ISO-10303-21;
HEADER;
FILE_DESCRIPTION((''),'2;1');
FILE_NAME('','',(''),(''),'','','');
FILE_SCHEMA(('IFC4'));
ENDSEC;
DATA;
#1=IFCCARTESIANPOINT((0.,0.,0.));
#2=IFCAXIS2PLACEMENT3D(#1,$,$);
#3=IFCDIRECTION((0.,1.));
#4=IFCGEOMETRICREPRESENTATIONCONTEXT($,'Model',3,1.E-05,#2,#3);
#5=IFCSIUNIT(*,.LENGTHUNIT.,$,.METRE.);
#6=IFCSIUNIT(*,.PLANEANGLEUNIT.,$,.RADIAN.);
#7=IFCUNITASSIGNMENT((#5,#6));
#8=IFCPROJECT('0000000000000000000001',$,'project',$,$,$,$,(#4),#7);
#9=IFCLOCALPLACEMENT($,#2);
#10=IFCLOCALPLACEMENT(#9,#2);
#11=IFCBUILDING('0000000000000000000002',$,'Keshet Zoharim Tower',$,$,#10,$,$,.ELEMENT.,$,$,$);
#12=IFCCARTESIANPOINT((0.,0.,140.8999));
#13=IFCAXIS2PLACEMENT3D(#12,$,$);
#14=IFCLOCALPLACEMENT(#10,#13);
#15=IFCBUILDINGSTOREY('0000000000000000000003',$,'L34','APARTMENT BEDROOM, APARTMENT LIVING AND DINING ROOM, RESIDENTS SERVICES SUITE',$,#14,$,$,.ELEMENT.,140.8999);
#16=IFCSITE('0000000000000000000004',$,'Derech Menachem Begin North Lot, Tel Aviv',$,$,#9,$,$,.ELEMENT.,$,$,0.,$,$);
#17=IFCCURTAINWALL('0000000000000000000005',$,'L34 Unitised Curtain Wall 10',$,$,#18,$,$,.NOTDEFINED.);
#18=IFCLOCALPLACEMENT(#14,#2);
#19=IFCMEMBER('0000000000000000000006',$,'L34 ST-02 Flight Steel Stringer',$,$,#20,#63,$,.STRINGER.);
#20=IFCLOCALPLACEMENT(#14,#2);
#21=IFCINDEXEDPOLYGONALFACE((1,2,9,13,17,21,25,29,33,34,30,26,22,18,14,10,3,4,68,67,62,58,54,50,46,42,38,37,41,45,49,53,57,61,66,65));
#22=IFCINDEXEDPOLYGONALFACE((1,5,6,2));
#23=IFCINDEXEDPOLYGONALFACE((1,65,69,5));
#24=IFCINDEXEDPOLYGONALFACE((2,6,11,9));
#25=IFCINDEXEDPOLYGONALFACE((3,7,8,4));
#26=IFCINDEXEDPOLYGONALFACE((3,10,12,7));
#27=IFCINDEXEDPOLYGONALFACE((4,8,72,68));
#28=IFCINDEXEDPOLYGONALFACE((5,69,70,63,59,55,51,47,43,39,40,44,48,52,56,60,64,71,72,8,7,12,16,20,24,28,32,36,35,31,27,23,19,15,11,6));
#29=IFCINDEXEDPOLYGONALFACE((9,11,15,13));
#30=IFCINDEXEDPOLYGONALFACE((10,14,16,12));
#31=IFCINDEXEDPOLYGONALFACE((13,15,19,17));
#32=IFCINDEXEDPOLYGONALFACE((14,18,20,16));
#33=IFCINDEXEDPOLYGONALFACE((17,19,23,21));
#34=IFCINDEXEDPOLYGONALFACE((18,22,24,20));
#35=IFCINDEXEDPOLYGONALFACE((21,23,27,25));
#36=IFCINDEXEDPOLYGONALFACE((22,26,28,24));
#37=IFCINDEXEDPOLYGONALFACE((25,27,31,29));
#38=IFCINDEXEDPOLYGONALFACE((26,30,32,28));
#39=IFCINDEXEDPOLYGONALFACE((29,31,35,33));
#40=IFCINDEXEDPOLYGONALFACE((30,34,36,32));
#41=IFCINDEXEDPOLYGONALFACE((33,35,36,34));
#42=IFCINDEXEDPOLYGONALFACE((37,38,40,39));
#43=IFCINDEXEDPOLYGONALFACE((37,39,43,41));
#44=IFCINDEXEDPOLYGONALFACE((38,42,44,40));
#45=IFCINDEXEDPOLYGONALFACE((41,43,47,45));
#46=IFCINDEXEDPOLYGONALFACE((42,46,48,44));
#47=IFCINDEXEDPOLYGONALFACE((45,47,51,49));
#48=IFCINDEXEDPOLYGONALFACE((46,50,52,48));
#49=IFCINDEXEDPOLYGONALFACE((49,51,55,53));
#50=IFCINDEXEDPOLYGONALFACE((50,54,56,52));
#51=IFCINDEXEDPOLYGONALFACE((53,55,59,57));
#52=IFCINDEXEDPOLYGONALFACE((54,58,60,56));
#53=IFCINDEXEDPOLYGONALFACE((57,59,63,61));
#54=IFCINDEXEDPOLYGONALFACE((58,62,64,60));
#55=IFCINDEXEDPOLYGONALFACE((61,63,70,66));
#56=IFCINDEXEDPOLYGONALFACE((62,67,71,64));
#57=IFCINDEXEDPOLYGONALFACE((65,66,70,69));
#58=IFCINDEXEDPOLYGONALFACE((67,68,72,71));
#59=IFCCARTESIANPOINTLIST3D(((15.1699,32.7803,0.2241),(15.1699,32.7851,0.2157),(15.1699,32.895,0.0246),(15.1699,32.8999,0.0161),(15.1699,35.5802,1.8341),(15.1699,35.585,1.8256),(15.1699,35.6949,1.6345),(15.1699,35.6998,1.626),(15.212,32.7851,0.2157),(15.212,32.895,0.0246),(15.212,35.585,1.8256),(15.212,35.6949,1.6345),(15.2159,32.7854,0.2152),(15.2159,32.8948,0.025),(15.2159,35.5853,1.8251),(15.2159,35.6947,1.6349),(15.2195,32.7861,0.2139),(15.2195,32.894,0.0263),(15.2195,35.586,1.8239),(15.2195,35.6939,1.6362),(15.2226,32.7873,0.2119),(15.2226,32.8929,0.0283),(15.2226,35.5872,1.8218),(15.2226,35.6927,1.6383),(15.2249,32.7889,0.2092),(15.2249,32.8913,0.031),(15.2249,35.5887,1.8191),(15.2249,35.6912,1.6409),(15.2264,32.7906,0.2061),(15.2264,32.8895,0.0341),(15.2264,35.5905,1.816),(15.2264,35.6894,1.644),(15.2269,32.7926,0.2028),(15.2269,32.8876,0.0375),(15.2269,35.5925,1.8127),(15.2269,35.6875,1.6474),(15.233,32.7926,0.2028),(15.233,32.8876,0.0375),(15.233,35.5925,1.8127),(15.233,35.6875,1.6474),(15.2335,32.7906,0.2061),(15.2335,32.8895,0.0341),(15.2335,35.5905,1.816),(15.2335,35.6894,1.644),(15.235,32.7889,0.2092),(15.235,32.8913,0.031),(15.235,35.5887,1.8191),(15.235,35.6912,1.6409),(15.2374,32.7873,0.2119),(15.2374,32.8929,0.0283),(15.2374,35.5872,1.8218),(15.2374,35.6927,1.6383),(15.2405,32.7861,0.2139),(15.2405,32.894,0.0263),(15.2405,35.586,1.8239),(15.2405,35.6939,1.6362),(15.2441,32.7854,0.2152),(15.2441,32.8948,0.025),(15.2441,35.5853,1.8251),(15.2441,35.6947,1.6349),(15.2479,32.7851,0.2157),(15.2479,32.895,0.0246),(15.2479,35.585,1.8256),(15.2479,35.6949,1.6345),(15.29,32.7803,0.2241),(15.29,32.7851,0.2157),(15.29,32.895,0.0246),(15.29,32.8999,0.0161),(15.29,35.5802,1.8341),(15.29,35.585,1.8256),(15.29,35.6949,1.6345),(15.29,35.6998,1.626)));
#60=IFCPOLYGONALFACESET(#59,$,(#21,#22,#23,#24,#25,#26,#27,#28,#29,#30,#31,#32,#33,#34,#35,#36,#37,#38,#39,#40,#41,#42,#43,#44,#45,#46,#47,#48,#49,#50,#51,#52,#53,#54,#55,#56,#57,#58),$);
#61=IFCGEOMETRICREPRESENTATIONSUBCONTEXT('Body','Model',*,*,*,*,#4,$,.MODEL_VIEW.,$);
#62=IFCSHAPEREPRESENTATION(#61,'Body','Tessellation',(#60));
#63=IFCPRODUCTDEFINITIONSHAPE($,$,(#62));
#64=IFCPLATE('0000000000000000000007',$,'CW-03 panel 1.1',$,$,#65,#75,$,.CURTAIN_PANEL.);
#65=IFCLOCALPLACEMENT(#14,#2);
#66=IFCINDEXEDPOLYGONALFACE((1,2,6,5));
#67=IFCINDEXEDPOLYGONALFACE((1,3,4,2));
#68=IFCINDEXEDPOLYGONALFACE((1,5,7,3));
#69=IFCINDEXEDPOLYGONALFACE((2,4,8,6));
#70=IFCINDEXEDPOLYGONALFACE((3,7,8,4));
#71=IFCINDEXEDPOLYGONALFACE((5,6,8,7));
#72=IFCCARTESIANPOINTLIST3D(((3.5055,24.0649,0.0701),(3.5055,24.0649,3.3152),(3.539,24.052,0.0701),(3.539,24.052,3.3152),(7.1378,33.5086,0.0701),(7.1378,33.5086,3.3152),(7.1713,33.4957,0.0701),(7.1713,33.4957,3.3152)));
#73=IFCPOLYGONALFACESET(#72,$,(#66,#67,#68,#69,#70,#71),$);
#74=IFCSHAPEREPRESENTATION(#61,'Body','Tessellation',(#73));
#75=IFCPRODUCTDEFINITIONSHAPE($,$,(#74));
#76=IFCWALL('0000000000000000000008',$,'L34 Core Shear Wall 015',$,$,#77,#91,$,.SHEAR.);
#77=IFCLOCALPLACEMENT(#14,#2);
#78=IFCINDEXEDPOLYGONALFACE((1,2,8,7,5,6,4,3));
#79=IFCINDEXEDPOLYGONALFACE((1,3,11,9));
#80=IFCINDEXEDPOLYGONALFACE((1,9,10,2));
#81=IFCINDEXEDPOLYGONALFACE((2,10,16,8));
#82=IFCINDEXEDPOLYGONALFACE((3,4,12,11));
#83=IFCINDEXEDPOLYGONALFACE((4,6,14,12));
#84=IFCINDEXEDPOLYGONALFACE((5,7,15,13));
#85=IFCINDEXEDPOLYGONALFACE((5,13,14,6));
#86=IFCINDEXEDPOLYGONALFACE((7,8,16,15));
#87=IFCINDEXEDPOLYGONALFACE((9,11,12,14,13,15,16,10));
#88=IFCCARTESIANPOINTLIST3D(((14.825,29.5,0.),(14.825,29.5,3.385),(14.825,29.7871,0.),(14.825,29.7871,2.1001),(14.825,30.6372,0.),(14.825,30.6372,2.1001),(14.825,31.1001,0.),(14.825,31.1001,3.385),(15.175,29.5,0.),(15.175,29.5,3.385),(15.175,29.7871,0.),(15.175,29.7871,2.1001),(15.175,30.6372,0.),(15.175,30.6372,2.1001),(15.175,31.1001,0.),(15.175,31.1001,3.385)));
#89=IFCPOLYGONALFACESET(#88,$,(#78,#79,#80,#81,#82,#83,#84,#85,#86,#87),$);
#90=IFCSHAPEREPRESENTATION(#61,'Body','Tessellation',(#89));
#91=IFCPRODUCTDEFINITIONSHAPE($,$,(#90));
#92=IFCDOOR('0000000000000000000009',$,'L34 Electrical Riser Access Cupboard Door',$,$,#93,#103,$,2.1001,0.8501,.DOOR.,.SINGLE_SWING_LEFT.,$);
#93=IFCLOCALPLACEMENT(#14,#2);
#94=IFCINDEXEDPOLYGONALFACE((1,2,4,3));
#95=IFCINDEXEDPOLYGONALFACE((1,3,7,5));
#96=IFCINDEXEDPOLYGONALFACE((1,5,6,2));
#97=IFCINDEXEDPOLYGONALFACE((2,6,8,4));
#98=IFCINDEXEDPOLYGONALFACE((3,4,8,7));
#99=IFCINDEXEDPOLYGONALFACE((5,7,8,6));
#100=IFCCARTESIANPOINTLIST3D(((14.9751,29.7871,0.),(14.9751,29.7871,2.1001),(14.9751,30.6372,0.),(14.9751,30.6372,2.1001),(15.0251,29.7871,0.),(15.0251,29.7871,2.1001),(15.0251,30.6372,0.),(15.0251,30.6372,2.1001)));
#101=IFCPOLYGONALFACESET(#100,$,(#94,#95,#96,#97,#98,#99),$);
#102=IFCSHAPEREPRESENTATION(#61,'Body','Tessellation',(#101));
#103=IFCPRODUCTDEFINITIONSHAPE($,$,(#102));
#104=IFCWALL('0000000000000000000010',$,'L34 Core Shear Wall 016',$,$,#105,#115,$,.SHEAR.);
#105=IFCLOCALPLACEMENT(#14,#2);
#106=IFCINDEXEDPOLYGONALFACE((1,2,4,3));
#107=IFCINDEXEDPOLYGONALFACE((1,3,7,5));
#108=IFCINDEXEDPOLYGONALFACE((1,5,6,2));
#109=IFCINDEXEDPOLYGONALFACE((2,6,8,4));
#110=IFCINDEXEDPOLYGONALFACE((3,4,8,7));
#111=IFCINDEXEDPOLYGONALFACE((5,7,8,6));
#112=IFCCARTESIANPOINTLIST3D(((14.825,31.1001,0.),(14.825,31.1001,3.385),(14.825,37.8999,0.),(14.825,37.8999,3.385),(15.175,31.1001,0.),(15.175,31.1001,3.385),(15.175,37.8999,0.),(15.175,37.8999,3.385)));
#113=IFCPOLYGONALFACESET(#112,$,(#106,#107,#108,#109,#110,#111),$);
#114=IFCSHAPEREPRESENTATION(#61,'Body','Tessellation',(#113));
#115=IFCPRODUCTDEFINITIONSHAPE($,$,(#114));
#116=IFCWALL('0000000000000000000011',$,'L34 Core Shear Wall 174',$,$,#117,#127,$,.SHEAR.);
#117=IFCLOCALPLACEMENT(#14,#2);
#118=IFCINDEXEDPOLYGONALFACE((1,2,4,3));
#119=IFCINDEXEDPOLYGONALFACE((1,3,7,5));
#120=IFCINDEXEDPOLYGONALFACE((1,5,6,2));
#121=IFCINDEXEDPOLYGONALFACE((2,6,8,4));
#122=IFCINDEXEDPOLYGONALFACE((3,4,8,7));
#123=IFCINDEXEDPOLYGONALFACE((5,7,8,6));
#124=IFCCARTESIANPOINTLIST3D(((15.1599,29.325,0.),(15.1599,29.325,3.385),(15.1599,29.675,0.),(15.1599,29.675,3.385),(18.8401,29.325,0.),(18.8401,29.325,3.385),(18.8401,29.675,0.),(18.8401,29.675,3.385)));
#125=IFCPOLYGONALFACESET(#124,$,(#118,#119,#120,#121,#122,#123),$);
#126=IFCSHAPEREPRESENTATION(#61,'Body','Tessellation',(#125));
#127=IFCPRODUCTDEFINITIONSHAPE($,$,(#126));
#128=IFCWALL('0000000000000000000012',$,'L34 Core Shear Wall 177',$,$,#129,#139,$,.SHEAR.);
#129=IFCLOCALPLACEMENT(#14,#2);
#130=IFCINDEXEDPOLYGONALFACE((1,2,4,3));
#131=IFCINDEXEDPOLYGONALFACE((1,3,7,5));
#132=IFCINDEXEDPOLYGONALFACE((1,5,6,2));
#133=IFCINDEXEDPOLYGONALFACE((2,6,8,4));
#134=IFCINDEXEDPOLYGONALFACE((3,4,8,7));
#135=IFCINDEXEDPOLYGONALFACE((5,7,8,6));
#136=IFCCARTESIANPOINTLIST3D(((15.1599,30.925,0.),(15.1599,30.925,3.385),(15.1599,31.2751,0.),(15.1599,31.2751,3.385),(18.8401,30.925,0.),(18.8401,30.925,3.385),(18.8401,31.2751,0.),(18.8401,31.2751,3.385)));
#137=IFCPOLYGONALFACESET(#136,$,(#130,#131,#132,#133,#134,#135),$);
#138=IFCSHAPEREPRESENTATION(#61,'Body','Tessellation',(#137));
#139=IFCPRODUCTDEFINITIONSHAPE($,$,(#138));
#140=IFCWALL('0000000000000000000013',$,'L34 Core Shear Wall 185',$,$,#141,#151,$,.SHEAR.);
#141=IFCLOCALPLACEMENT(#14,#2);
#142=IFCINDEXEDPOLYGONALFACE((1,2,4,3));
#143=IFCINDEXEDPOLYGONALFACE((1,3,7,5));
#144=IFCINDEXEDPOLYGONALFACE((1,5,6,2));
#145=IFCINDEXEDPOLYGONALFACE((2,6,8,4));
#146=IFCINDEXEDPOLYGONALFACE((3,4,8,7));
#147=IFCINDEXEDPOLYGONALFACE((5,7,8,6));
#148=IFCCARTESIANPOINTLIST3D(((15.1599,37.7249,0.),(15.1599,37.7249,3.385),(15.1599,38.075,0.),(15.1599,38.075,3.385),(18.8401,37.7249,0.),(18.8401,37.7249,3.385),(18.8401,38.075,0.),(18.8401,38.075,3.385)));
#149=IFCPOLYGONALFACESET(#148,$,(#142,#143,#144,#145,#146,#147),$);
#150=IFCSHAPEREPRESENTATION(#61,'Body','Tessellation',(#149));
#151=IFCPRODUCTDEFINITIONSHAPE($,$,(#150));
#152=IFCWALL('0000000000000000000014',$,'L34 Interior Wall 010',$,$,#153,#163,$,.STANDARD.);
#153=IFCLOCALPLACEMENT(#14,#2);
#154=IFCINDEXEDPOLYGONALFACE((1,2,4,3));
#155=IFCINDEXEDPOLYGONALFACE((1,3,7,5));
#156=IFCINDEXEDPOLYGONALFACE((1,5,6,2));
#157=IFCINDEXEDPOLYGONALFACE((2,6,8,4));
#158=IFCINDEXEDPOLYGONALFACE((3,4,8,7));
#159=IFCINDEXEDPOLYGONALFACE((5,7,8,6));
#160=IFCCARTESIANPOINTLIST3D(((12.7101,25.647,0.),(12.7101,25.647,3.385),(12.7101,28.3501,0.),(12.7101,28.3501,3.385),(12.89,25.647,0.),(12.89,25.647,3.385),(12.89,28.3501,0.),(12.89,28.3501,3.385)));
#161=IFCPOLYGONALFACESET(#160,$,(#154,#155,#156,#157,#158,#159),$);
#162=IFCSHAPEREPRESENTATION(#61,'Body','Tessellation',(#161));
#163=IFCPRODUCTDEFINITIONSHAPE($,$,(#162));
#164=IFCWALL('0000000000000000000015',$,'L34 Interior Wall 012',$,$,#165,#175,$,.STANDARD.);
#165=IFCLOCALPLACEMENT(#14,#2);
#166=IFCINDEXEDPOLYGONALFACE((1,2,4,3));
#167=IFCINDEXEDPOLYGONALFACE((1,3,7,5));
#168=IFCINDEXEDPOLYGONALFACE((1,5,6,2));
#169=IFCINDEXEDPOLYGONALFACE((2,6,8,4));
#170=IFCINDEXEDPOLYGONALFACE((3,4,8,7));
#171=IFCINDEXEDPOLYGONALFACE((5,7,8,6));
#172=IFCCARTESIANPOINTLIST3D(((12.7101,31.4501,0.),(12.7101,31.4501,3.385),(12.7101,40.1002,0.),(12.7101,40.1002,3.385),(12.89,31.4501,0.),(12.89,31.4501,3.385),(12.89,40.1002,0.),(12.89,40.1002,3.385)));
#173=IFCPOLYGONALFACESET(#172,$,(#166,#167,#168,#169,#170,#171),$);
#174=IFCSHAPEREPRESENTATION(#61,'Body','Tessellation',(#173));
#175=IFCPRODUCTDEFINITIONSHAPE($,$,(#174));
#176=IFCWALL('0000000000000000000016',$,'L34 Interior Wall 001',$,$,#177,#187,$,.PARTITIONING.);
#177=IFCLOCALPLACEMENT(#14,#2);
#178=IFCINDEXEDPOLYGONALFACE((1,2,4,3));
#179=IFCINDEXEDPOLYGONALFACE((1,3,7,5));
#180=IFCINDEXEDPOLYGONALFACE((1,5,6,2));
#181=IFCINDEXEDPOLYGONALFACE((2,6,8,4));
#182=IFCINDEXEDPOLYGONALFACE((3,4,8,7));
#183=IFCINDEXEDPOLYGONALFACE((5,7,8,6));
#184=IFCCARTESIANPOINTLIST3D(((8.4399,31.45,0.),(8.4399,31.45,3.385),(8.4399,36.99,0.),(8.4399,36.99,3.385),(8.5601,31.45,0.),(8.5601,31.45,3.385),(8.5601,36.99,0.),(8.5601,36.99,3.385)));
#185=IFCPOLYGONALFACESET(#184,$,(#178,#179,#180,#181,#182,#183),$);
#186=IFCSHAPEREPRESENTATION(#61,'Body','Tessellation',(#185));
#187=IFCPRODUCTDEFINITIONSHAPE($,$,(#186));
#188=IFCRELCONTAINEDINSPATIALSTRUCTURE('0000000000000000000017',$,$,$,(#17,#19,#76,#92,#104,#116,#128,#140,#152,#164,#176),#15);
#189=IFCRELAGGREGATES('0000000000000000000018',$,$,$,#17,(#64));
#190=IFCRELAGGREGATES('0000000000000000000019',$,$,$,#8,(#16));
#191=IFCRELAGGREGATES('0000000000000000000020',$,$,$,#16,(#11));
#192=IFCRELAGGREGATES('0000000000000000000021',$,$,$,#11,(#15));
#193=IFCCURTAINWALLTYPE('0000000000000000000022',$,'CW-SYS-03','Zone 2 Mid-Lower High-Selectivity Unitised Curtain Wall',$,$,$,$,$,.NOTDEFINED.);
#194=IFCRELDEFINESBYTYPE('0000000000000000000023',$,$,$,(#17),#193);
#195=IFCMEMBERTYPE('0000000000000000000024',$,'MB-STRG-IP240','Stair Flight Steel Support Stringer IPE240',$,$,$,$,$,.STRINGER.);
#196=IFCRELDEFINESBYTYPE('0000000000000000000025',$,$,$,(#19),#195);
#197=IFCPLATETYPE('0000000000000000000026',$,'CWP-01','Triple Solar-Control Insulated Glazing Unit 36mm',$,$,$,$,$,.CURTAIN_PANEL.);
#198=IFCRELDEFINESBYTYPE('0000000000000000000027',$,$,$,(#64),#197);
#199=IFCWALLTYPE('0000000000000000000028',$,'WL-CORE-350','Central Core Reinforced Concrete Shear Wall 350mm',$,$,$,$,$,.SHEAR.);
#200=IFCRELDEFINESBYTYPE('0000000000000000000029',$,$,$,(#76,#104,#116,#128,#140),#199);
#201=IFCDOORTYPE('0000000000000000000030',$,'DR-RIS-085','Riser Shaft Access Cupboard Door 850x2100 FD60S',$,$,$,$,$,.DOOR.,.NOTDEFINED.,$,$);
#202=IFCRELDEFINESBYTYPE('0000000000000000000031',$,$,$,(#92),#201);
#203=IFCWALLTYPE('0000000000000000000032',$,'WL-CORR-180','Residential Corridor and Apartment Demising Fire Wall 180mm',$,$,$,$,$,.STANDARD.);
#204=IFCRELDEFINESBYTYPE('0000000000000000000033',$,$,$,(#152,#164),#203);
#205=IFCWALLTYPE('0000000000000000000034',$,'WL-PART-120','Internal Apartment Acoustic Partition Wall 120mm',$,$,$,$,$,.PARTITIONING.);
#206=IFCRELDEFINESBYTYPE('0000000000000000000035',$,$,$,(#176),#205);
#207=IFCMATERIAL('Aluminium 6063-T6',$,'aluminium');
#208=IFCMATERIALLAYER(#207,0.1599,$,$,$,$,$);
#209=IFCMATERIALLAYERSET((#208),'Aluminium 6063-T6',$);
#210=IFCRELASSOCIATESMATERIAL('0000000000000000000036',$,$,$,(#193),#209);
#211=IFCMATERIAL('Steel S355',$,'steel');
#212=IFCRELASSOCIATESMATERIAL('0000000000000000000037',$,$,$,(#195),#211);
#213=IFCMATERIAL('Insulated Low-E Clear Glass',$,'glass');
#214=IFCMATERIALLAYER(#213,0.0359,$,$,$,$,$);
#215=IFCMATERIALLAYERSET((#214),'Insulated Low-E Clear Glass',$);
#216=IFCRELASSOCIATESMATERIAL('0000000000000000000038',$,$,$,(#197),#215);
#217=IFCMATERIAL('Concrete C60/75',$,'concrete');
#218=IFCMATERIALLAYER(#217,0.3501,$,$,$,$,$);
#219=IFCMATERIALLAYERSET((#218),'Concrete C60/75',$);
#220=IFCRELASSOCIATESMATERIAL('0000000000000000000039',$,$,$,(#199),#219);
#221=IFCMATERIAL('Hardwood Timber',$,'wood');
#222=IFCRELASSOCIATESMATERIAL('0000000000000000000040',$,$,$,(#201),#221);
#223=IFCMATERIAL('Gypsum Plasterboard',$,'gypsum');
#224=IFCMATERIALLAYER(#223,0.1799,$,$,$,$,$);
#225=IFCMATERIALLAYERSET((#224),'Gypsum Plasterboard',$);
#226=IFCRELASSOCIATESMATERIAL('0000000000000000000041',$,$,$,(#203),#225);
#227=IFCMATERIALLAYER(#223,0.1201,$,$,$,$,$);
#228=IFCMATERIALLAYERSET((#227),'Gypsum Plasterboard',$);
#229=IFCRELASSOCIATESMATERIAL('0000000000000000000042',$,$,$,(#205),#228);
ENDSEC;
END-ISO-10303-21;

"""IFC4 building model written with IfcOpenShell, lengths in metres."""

from ifc_helpers import new_model, si_unit, direction, frame, frame_2d, origin, origin_2d, place, context, subcontext, project, spatial, rectangle, i_section, extrude, material, layer, layer_set, material_profile, profile_set, type_object, element, fill, aggregate, save


model = new_model("IFC4")

# Units and contexts
model_context = context("Model", 3, precision=1e-05, world=origin(), true_north=direction((0.0, 1.0)))
body_context = subcontext(model_context, "Body", "Model", "MODEL_VIEW")
ifc_project = project(units=[si_unit("LENGTHUNIT", "METRE"), si_unit("PLANEANGLEUNIT", "RADIAN")], contexts=[model_context])

# Site, building, storey
site_placement = place(None, origin())
site = spatial("IfcSite", under=ifc_project, at=site_placement, Name="Derech Menachem Begin North Lot, Tel Aviv", CompositionType="ELEMENT", RefElevation=0.0)
building_placement = place(site_placement, origin())
building = spatial("IfcBuilding", under=site, at=building_placement, Name="Keshet Zoharim Tower", CompositionType="ELEMENT")
storey_placement = place(building_placement, frame((0.0, 0.0, 140.8999)))
storey = spatial("IfcBuildingStorey", under=building, at=storey_placement, Name="L34", Description="APARTMENT BEDROOM, APARTMENT LIVING AND DINING ROOM, RESIDENTS SERVICES SUITE", CompositionType="ELEMENT", Elevation=140.8999)

# Shared definitions
ifc_material_1 = material(Name="Steel S355", Category="steel")

# Curtain wall
ifc_material_2 = material(Name="Aluminium 6063-T6", Category="aluminium")
ifc_layer_1 = layer(ifc_material_2, 0.1599)
ifc_layer_set_1 = layer_set([ifc_layer_1], Name="Aluminium 6063-T6")
curtain_wall_type = type_object("IfcCurtainWallType", Name="CW-SYS-03", Description="Zone 2 Mid-Lower High-Selectivity Unitised Curtain Wall", PredefinedType="NOTDEFINED", material=ifc_layer_set_1)
curtain_wall_placement = place(storey_placement, origin())
curtain_wall = element("IfcCurtainWall", 1, at=curtain_wall_placement, inside=storey, type_object=curtain_wall_type, Name="L34 Unitised Curtain Wall 10", PredefinedType="NOTDEFINED")

# Member
ifc_material_profile_1 = material_profile(ifc_material_1, i_section(OverallWidth=0.1201, OverallDepth=0.24, WebThickness=0.0061, FlangeThickness=0.0098, FilletRadius=0.0149, at=origin_2d()), Name="IPE240")
ifc_profile_set_1 = profile_set([ifc_material_profile_1], Name="Steel S355")
member_type_1 = type_object("IfcMemberType", Name="MB-STRG-IP240", Description="Stair Flight Steel Support Stringer IPE240", PredefinedType="STRINGER", material=ifc_profile_set_1)
member_1_placement = place(storey_placement, frame((15.23, 32.8401, 0.1201), z_axis=(0.0, 0.86691, 0.498465), x_axis=(-1.0, 0.0, 0.0)))
element("IfcMember", 2, at=member_1_placement, inside=storey, type_object=member_type_1, Name="L34 ST-02 Flight Steel Stringer", PredefinedType="STRINGER", context=body_context, shape_type="SweptSolid", body=[
    extrude(i_section(OverallWidth=0.1201, OverallDepth=0.24, WebThickness=0.0061, FlangeThickness=0.0098, FilletRadius=0.0149, at=origin_2d()), origin(), (0.0, 0.0, 1.0), 3.2297),
])

# Plate
ifc_material_3 = material(Name="Insulated Low-E Clear Glass", Category="glass")
ifc_layer_2 = layer(ifc_material_3, 0.0359)
ifc_layer_set_2 = layer_set([ifc_layer_2], Name="Insulated Low-E Clear Glass")
plate_type = type_object("IfcPlateType", Name="CWP-01", Description="Triple Solar-Control Insulated Glazing Unit 36mm", PredefinedType="CURTAIN_PANEL", material=ifc_layer_set_2)
plate_placement = place(storey_placement, frame((5.3384, 28.7803, 0.0701), z_axis=(0.0, 0.0, 1.0), x_axis=(0.35899, 0.933341, 0.0)))
plate = element("IfcPlate", 3, at=plate_placement, type_object=plate_type, Name="CW-03 panel 1.1", PredefinedType="CURTAIN_PANEL", context=body_context, shape_type="SweptSolid", body=[
    extrude(rectangle(XDim=10.1182, YDim=0.0359, at=origin_2d()), origin(), (0.0, 0.0, 1.0), 3.2451),
])
aggregate(curtain_wall, [plate])

# Wall, opening, door
ifc_material_4 = material(Name="Concrete C60/75", Category="concrete")
ifc_layer_3 = layer(ifc_material_4, 0.3501)
ifc_layer_set_3 = layer_set([ifc_layer_3], Name="Concrete C60/75")
wall_type_1 = type_object("IfcWallType", Name="WL-CORE-350", Description="Central Core Reinforced Concrete Shear Wall 350mm", PredefinedType="SHEAR", material=ifc_layer_set_3)
wall_1_placement = place(storey_placement, frame((15.0, 29.5, 0.0), z_axis=(0.0, 0.0, 1.0), x_axis=(0.0, 1.0, 0.0)))
wall_1 = element("IfcWall", 4, at=wall_1_placement, inside=storey, type_object=wall_type_1, Name="L34 Core Shear Wall 015", PredefinedType="SHEAR", context=body_context, shape_type="SweptSolid", body=[
    extrude(rectangle(XDim=1.6001, YDim=0.3501, at=frame_2d((0.8, 0.0))), origin(), (0.0, 0.0, 1.0), 3.385),
])
opening_1_placement = place(wall_1_placement, frame((0.2871, 0.0, 0.0)))
opening_1 = element("IfcOpeningElement", 5, at=opening_1_placement, cuts=wall_1, PredefinedType="OPENING", context=body_context, shape_type="SweptSolid", body=[
    extrude(rectangle(XDim=0.8501, YDim=2.1001, at=frame_2d((0.425, 1.05))), frame((0.0, 0.1851, 0.0), z_axis=(0.0, -1.0, 0.0), x_axis=(1.0, 0.0, 0.0)), (0.0, 0.0, 1.0), 0.3701),
])
ifc_material_5 = material(Name="Hardwood Timber", Category="wood")
door_type_1 = type_object("IfcDoorType", Name="DR-RIS-085", Description="Riser Shaft Access Cupboard Door 850x2100 FD60S", OperationType="NOTDEFINED", PredefinedType="DOOR", material=ifc_material_5)
door_1_placement = place(opening_1_placement, origin())
door_1 = element("IfcDoor", 6, at=door_1_placement, inside=storey, type_object=door_type_1, Name="L34 Electrical Riser Access Cupboard Door", OperationType="SINGLE_SWING_LEFT", OverallHeight=2.1001, OverallWidth=0.8501, PredefinedType="DOOR", context=body_context, shape_type="SweptSolid", body=[
    extrude(rectangle(XDim=0.8501, YDim=2.1001, at=frame_2d((0.425, 1.05))), frame((0.0, 0.0249, 0.0), z_axis=(0.0, -1.0, 0.0), x_axis=(1.0, 0.0, 0.0)), (0.0, 0.0, 1.0), 0.05),
])
fill(opening_1, door_1)

# Walls
wall_2_placement = place(storey_placement, frame((15.0, 31.1001, 0.0), z_axis=(0.0, 0.0, 1.0), x_axis=(0.0, 1.0, 0.0)))
element("IfcWall", 7, at=wall_2_placement, inside=storey, type_object=wall_type_1, Name="L34 Core Shear Wall 016", PredefinedType="SHEAR", context=body_context, shape_type="SweptSolid", body=[
    extrude(rectangle(XDim=6.7998, YDim=0.3501, at=frame_2d((3.3999, 0.0))), origin(), (0.0, 0.0, 1.0), 3.385),
])
for number, where, z_axis, x_axis, name in (
    (8, (15.1599, 29.5, 0.0), (0.0, 0.0, 1.0), (1.0, 0.0, 0.0), "L34 Core Shear Wall 174"),
    (9, (15.1599, 31.1001, 0.0), (0.0, 0.0, 1.0), (1.0, 0.0, 0.0), "L34 Core Shear Wall 177"),
    (10, (15.1599, 37.8999, 0.0), (0.0, 0.0, 1.0), (1.0, 0.0, 0.0), "L34 Core Shear Wall 185"),
):
    element("IfcWall", number, at=place(storey_placement, frame(where, z_axis=z_axis, x_axis=x_axis)), inside=storey, type_object=wall_type_1, Name=name, PredefinedType="SHEAR", context=body_context, shape_type="SweptSolid", body=[
        extrude(rectangle(XDim=3.6802, YDim=0.3501, at=frame_2d((1.8401, 0.0))), origin(), (0.0, 0.0, 1.0), 3.385),
    ])
ifc_material_6 = material(Name="Gypsum Plasterboard", Category="gypsum")
ifc_layer_4 = layer(ifc_material_6, 0.1799)
ifc_layer_set_4 = layer_set([ifc_layer_4], Name="Gypsum Plasterboard")
wall_type_2 = type_object("IfcWallType", Name="WL-CORR-180", Description="Residential Corridor and Apartment Demising Fire Wall 180mm", PredefinedType="STANDARD", material=ifc_layer_set_4)
wall_3_placement = place(storey_placement, frame((12.8, 25.647, 0.0), z_axis=(0.0, 0.0, 1.0), x_axis=(0.0, 1.0, 0.0)))
element("IfcWall", 11, at=wall_3_placement, inside=storey, type_object=wall_type_2, Name="L34 Interior Wall 010", PredefinedType="STANDARD", context=body_context, shape_type="SweptSolid", body=[
    extrude(rectangle(XDim=2.7031, YDim=0.1799, at=frame_2d((1.3516, 0.0))), origin(), (0.0, 0.0, 1.0), 3.385),
])

# Walls
wall_4_placement = place(storey_placement, frame((12.8, 31.45, 0.0), z_axis=(0.0, 0.0, 1.0), x_axis=(0.0, 1.0, 0.0)))
element("IfcWall", 12, at=wall_4_placement, inside=storey, type_object=wall_type_2, Name="L34 Interior Wall 012", PredefinedType="STANDARD", context=body_context, shape_type="SweptSolid", body=[
    extrude(rectangle(XDim=8.6501, YDim=0.1799, at=frame_2d((4.3252, 0.0))), origin(), (0.0, 0.0, 1.0), 3.385),
])
ifc_layer_5 = layer(ifc_material_6, 0.1201)
ifc_layer_set_5 = layer_set([ifc_layer_5], Name="Gypsum Plasterboard")
wall_type_3 = type_object("IfcWallType", Name="WL-PART-120", Description="Internal Apartment Acoustic Partition Wall 120mm", PredefinedType="PARTITIONING", material=ifc_layer_set_5)
wall_5_placement = place(storey_placement, frame((8.5, 31.45, 0.0), z_axis=(0.0, 0.0, 1.0), x_axis=(0.0, 1.0, 0.0)))
element("IfcWall", 13, at=wall_5_placement, inside=storey, type_object=wall_type_3, Name="L34 Interior Wall 001", PredefinedType="PARTITIONING", context=body_context, shape_type="SweptSolid", body=[
    extrude(rectangle(XDim=5.54, YDim=0.1201, at=frame_2d((2.77, 0.0))), origin(), (0.0, 0.0, 1.0), 3.385),
])

save(model, "model.ifc")
